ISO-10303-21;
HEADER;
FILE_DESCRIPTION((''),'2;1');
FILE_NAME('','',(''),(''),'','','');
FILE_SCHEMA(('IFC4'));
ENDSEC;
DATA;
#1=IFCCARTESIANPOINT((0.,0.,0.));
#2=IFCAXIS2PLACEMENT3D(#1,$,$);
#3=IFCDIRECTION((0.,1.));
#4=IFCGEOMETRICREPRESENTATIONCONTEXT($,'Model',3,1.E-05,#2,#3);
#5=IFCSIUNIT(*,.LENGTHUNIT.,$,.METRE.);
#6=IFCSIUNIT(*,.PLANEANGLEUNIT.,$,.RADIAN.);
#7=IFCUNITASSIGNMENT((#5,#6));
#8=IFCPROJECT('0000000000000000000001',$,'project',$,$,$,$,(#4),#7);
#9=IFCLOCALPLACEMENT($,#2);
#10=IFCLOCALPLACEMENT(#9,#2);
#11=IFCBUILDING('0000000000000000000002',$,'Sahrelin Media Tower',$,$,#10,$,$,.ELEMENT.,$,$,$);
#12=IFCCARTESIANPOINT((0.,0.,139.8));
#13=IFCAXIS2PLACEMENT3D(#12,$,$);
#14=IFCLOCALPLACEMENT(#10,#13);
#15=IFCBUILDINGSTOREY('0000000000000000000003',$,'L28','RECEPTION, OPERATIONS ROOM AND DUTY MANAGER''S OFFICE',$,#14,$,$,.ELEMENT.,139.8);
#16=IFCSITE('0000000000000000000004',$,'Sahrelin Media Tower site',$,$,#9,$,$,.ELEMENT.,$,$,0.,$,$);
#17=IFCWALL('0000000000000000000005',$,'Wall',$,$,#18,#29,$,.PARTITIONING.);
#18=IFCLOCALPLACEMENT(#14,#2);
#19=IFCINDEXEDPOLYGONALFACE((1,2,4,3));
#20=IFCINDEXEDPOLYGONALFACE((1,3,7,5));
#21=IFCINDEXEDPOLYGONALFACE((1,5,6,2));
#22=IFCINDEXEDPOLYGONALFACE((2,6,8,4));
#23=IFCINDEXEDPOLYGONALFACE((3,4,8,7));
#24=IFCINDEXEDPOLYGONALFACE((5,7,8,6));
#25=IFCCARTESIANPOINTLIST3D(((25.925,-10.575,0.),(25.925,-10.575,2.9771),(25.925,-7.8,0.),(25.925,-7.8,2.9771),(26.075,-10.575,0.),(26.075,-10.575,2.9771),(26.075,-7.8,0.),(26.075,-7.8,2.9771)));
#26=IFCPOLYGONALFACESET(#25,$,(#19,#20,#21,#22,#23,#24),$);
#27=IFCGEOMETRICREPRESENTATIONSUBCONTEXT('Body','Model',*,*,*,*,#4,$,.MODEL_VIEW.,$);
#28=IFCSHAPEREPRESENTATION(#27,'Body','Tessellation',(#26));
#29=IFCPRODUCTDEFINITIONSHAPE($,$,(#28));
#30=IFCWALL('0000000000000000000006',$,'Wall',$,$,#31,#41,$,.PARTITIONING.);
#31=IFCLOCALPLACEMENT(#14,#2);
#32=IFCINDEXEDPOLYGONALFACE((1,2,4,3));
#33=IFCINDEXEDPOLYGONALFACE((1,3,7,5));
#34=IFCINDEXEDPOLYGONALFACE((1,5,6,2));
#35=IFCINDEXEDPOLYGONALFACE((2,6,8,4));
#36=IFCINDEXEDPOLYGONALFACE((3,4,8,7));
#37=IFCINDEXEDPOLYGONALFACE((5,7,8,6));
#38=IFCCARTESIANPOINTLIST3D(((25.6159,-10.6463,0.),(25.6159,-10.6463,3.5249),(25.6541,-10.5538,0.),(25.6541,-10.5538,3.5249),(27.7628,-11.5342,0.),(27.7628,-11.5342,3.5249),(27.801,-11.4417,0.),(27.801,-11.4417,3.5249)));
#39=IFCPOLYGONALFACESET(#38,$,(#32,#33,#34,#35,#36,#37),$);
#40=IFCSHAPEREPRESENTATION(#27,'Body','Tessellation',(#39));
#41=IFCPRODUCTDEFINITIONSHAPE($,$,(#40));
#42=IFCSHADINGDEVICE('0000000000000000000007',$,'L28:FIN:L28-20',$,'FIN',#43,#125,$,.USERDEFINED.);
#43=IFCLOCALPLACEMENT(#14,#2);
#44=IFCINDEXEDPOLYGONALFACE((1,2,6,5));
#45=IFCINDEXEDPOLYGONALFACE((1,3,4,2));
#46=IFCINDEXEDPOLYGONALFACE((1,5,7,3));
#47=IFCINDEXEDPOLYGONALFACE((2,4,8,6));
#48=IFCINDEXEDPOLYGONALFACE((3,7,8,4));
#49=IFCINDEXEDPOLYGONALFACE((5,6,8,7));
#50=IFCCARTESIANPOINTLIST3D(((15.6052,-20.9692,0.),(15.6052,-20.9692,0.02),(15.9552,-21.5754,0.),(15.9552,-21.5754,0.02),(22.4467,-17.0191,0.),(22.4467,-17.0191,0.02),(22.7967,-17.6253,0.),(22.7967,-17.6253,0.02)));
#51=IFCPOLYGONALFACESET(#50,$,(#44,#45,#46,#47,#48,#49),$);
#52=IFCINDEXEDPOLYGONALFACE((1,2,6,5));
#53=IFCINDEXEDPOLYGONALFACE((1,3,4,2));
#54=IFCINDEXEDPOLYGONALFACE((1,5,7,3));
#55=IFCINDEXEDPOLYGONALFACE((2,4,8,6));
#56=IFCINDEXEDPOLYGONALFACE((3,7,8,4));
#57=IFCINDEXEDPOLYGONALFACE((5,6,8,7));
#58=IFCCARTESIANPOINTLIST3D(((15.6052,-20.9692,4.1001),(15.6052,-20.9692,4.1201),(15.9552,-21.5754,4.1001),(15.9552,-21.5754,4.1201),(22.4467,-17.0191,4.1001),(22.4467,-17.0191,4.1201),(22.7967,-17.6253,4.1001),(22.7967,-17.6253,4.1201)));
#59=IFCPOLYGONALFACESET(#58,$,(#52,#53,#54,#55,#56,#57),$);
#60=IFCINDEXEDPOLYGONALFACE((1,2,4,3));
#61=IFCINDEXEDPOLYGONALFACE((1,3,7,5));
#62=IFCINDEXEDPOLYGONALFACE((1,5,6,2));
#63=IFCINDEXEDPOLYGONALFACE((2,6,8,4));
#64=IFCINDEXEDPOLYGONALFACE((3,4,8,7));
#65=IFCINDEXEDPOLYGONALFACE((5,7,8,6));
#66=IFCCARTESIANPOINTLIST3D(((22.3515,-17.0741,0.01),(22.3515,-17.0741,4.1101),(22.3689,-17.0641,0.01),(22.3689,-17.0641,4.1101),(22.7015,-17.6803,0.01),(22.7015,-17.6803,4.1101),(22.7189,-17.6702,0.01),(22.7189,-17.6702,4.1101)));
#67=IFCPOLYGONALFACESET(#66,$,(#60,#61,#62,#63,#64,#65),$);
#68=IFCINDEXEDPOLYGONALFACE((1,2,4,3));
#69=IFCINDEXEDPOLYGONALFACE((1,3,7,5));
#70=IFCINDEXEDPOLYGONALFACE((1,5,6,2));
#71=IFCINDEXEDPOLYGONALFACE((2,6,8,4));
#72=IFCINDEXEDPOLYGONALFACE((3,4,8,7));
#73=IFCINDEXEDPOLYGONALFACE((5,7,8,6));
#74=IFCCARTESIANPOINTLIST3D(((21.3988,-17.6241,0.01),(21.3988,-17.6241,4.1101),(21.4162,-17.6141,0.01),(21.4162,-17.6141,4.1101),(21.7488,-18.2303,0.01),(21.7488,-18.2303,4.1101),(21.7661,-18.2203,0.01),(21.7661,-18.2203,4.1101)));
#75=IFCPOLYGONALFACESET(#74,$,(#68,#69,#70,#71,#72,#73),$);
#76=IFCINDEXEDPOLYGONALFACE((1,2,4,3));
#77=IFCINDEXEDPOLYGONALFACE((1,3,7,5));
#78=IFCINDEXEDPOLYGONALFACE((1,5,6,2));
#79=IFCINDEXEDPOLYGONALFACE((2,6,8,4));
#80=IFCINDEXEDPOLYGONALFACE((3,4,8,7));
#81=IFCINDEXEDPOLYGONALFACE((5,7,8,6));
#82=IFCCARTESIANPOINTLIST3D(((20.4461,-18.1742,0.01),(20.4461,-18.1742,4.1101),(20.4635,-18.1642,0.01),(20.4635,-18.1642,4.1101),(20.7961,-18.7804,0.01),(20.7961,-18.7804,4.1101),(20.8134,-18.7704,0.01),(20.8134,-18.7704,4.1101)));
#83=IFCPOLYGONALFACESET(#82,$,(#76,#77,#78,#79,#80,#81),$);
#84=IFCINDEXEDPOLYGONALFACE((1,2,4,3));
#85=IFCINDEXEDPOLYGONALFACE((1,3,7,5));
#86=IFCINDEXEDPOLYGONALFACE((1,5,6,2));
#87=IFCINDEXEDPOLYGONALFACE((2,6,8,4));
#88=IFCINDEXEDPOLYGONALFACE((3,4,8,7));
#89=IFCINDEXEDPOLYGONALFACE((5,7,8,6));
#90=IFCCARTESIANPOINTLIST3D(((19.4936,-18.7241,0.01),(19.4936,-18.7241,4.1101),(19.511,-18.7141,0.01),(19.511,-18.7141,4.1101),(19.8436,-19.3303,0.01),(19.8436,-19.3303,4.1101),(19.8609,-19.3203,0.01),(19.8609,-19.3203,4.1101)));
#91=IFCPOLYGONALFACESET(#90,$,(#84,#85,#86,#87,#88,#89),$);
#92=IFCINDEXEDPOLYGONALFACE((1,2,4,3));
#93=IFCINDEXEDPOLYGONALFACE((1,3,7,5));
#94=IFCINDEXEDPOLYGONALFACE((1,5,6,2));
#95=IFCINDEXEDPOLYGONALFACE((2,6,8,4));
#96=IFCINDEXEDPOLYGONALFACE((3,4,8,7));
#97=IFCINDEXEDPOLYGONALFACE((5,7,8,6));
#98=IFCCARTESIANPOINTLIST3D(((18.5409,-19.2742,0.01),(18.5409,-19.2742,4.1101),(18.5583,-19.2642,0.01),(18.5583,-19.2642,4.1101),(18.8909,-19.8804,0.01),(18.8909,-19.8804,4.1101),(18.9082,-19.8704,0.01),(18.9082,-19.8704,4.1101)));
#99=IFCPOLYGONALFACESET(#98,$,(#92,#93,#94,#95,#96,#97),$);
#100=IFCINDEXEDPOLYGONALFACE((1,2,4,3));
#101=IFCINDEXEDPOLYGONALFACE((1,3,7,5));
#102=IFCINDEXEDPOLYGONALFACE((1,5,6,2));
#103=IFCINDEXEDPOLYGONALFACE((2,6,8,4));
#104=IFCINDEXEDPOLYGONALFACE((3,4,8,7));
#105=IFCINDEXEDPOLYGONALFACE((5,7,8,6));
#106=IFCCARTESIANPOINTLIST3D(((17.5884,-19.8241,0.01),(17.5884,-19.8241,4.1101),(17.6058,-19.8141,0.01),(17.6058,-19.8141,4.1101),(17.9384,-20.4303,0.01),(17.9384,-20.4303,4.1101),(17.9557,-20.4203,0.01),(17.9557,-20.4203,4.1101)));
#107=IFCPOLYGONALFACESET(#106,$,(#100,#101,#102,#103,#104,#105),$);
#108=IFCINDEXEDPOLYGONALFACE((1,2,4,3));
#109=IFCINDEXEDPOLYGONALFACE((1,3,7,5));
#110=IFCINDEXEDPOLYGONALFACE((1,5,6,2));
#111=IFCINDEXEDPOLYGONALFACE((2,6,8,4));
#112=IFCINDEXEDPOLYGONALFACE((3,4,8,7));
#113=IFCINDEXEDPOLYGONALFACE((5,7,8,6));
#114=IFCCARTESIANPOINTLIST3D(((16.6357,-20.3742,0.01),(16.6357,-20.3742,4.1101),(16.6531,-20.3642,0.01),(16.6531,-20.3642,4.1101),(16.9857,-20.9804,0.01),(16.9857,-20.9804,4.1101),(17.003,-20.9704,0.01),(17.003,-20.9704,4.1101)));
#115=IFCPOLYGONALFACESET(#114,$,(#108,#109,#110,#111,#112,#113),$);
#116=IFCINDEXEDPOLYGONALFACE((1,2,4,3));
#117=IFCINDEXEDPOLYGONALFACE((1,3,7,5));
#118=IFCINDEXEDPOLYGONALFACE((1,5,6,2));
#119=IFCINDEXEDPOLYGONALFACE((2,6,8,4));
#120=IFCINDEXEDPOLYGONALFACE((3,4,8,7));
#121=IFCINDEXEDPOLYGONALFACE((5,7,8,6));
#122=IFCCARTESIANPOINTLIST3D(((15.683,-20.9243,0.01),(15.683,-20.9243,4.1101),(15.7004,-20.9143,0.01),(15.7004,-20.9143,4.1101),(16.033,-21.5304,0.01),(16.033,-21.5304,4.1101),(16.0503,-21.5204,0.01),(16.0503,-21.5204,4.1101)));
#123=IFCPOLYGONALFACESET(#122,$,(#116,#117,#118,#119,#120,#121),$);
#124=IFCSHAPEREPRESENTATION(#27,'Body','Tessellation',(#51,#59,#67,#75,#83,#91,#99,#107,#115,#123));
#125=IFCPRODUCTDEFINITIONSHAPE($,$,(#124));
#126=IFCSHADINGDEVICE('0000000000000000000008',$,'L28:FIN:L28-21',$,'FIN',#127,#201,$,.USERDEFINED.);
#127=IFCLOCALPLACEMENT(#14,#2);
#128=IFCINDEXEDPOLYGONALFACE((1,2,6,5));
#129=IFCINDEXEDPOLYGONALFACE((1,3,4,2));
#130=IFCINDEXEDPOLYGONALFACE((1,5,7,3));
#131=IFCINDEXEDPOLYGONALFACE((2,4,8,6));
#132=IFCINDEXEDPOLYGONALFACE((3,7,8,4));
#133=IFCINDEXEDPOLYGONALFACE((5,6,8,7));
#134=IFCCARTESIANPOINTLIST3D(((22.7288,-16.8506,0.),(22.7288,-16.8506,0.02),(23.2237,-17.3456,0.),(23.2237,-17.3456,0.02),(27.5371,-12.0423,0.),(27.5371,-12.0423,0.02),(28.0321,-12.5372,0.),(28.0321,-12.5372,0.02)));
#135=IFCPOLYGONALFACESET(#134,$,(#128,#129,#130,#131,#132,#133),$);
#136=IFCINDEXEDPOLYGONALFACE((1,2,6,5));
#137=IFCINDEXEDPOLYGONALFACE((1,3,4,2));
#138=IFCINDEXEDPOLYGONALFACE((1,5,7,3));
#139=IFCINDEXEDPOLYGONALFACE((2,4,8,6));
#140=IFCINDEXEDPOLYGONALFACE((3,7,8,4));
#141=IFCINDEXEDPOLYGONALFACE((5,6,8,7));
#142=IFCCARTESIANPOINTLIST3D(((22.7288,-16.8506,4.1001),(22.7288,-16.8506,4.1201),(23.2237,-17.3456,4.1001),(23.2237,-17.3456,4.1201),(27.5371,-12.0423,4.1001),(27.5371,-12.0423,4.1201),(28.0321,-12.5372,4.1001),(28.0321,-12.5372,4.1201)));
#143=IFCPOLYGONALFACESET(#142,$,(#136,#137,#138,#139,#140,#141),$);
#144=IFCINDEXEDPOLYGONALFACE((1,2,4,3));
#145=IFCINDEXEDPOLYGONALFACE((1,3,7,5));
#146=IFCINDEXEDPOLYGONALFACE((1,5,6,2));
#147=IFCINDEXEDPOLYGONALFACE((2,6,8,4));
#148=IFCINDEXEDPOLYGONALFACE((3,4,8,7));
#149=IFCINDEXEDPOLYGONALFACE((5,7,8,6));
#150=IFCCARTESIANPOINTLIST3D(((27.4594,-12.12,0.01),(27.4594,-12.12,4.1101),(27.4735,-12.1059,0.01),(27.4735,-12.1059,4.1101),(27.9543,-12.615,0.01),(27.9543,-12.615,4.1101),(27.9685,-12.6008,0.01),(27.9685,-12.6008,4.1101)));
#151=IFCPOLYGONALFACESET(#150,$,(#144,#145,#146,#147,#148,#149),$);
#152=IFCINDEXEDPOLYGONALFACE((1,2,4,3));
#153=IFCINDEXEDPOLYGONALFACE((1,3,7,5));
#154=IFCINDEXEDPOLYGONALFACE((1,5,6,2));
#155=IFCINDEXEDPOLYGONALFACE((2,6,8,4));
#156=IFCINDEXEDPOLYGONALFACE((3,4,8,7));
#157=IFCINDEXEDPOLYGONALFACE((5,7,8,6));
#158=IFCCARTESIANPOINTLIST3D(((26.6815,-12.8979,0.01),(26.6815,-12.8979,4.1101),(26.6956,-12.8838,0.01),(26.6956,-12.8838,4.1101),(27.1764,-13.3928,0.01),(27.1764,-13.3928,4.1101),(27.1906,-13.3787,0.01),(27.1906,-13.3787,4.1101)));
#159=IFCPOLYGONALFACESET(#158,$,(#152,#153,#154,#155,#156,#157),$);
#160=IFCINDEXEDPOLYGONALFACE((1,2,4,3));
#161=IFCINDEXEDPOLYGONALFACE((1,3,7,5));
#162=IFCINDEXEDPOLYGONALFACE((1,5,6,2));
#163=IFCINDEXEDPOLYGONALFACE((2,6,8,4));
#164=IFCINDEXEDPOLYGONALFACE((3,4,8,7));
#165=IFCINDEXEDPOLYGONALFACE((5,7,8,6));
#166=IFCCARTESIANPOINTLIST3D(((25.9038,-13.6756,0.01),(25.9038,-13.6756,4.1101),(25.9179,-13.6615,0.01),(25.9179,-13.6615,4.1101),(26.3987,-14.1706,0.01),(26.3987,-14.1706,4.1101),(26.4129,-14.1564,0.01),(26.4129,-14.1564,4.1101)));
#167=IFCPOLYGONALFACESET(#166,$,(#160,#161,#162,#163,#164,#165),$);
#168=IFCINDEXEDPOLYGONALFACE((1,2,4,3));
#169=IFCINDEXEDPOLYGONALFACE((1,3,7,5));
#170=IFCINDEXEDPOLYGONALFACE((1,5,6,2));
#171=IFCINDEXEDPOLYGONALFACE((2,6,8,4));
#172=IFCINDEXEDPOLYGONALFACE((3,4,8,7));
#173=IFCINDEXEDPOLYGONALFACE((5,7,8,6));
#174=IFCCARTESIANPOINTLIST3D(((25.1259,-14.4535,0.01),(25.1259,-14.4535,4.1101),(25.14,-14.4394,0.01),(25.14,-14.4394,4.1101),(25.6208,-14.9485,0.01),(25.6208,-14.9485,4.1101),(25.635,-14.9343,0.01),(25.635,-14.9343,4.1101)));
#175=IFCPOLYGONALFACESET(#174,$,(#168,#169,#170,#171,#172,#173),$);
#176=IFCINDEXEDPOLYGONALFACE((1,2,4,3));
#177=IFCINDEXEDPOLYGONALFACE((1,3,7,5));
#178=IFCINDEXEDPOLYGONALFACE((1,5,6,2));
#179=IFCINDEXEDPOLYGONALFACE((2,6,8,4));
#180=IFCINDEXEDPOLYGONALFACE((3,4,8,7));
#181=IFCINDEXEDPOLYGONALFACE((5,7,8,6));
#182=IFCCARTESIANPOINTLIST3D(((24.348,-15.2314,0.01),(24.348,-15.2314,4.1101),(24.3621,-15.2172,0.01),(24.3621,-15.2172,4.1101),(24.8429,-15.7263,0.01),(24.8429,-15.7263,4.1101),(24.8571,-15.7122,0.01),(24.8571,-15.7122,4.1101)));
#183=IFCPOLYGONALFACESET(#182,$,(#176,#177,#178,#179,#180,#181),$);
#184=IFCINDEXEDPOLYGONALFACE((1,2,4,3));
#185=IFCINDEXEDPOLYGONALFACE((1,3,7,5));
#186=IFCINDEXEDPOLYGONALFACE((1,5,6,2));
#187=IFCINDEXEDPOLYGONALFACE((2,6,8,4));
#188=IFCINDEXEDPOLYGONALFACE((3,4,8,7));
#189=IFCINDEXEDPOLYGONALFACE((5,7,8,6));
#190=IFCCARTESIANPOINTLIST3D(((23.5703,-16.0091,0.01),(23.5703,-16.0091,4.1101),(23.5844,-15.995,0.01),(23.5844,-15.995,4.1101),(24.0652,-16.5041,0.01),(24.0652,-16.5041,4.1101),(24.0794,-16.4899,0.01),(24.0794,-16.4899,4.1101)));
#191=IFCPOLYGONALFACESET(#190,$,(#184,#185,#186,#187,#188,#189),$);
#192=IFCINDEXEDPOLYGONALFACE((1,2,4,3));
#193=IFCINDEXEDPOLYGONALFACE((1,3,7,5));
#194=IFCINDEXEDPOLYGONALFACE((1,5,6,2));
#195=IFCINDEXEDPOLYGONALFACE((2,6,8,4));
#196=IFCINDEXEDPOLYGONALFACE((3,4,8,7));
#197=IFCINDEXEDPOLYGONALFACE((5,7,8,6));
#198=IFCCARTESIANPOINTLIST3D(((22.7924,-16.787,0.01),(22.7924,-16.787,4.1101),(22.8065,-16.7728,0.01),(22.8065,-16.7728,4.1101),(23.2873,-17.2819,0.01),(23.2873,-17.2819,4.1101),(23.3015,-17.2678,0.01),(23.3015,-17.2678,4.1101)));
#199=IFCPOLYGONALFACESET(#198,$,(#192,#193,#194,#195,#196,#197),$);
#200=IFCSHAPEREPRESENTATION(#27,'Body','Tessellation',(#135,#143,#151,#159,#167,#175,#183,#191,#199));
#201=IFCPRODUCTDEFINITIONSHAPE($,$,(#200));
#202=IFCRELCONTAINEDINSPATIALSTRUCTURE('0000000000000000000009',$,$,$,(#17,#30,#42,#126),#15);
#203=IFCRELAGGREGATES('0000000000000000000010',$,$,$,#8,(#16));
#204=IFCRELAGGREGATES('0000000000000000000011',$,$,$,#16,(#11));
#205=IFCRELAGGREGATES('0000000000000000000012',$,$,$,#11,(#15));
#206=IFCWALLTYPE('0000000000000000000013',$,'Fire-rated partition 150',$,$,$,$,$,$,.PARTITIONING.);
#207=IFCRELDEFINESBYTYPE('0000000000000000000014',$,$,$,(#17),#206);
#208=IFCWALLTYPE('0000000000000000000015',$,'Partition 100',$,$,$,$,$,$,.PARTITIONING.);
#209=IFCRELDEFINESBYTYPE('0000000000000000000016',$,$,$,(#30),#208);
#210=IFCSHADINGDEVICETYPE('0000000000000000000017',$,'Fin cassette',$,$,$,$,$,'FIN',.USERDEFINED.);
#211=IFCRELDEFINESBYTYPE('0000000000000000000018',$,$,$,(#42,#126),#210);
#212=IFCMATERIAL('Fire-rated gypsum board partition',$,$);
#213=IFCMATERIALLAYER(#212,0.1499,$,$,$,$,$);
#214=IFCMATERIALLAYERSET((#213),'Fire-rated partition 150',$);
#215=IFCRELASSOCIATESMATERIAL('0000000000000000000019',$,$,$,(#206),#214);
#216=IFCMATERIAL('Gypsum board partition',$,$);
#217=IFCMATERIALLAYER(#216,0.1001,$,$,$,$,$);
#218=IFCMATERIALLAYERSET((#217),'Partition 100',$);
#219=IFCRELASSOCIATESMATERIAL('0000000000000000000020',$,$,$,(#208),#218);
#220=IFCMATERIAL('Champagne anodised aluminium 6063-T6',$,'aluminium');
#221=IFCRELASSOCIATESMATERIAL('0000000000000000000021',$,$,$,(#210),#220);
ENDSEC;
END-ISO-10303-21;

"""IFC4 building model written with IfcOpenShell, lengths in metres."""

from ifc_helpers import new_model, si_unit, direction, frame, frame_2d, origin, origin_2d, place, context, subcontext, project, spatial, rectangle, extrude, material, layer, layer_set, type_object, element, save


model = new_model("IFC4")

# Units and contexts
model_context = context("Model", 3, precision=1e-05, world=origin(), true_north=direction((0.0, 1.0)))
body_context = subcontext(model_context, "Body", "Model", "MODEL_VIEW")
ifc_project = project(units=[si_unit("LENGTHUNIT", "METRE"), si_unit("PLANEANGLEUNIT", "RADIAN")], contexts=[model_context])

# Site, building, storey
site_placement = place(None, origin())
site = spatial("IfcSite", under=ifc_project, at=site_placement, Name="Sahrelin Media Tower site", CompositionType="ELEMENT", RefElevation=0.0)
building_placement = place(site_placement, origin())
building = spatial("IfcBuilding", under=site, at=building_placement, Name="Sahrelin Media Tower", CompositionType="ELEMENT")
storey_placement = place(building_placement, frame((0.0, 0.0, 139.8)))
storey = spatial("IfcBuildingStorey", under=building, at=storey_placement, Name="L28", Description="RECEPTION, OPERATIONS ROOM AND DUTY MANAGER'S OFFICE", CompositionType="ELEMENT", Elevation=139.8)

# Shared definitions
ifc_material_1 = material(Name="Champagne anodised aluminium 6063-T6", Category="aluminium")

# Walls
ifc_material_2 = material(Name="Fire-rated gypsum board partition")
ifc_layer_1 = layer(ifc_material_2, 0.1499)
ifc_layer_set_1 = layer_set([ifc_layer_1], Name="Fire-rated partition 150")
wall_type_1 = type_object("IfcWallType", Name="Fire-rated partition 150", PredefinedType="PARTITIONING", material=ifc_layer_set_1)
wall_1_placement = place(storey_placement, frame((26.0, -10.575, 0.0), z_axis=(0.0, 0.0, 1.0), x_axis=(0.0, 1.0, 0.0)))
element("IfcWall", 1, at=wall_1_placement, inside=storey, type_object=wall_type_1, Name="Wall", PredefinedType="PARTITIONING", context=body_context, shape_type="SweptSolid", body=[
    extrude(rectangle(XDim=2.7749, YDim=0.1499, at=frame_2d((1.3875, 0.0))), origin(), (0.0, 0.0, 1.0), 2.9771),
])
ifc_material_3 = material(Name="Gypsum board partition")
ifc_layer_2 = layer(ifc_material_3, 0.1001)
ifc_layer_set_2 = layer_set([ifc_layer_2], Name="Partition 100")
wall_type_2 = type_object("IfcWallType", Name="Partition 100", PredefinedType="PARTITIONING", material=ifc_layer_set_2)
wall_2_placement = place(storey_placement, frame((25.635, -10.6001, 0.0), z_axis=(0.0, 0.0, 1.0), x_axis=(0.924087, -0.382182, 0.0)))
element("IfcWall", 2, at=wall_2_placement, inside=storey, type_object=wall_type_2, Name="Wall", PredefinedType="PARTITIONING", context=body_context, shape_type="SweptSolid", body=[
    extrude(rectangle(XDim=2.3232, YDim=0.1001, at=frame_2d((1.1616, 0.0))), origin(), (0.0, 0.0, 1.0), 3.5249),
])

# Shading devices
shading_device_type_1 = type_object("IfcShadingDeviceType", Name="Fin cassette", ElementType="FIN", PredefinedType="USERDEFINED", material=ifc_material_1)
placement_1 = place(storey_placement, frame((18.991, -18.9336, 0.0), z_axis=(0.0, 0.0, 1.0), x_axis=(-0.866019, -0.500011, 0.0)))
element("IfcShadingDevice", 3, at=placement_1, inside=storey, type_object=shading_device_type_1, Name="L28:FIN:L28-20", ObjectType="FIN", PredefinedType="USERDEFINED", context=body_context, shape_type="SweptSolid", body=[
    extrude(rectangle(XDim=7.8999, YDim=0.7, at=origin_2d()), frame((0.0, 0.4199, 0.0)), (0.0, 0.0, 1.0), 0.02),
    extrude(rectangle(XDim=7.8999, YDim=0.7, at=origin_2d()), frame((0.0, 0.4199, 4.1001)), (0.0, 0.0, 1.0), 0.02),
    extrude(rectangle(XDim=0.02, YDim=0.7, at=origin_2d()), frame((-3.8501, 0.4199, 0.01), z_axis=(0.0, 0.0, 1.0), x_axis=(1.0, 0.0, 0.0)), (0.0, 0.0, 1.0), 4.1001),
    extrude(rectangle(XDim=0.02, YDim=0.7, at=origin_2d()), frame((-2.75, 0.4199, 0.01), z_axis=(0.0, 0.0, 1.0), x_axis=(1.0, 0.0, 0.0)), (0.0, 0.0, 1.0), 4.1001),
    extrude(rectangle(XDim=0.02, YDim=0.7, at=origin_2d()), frame((-1.6499, 0.4199, 0.01), z_axis=(0.0, 0.0, 1.0), x_axis=(1.0, 0.0, 0.0)), (0.0, 0.0, 1.0), 4.1001),
    extrude(rectangle(XDim=0.02, YDim=0.7, at=origin_2d()), frame((-0.55, 0.4199, 0.01), z_axis=(0.0, 0.0, 1.0), x_axis=(1.0, 0.0, 0.0)), (0.0, 0.0, 1.0), 4.1001),
    extrude(rectangle(XDim=0.02, YDim=0.7, at=origin_2d()), frame((0.55, 0.4199, 0.01), z_axis=(0.0, 0.0, 1.0), x_axis=(1.0, 0.0, 0.0)), (0.0, 0.0, 1.0), 4.1001),
    extrude(rectangle(XDim=0.02, YDim=0.7, at=origin_2d()), frame((1.6499, 0.4199, 0.01), z_axis=(0.0, 0.0, 1.0), x_axis=(1.0, 0.0, 0.0)), (0.0, 0.0, 1.0), 4.1001),
    extrude(rectangle(XDim=0.02, YDim=0.7, at=origin_2d()), frame((2.75, 0.4199, 0.01), z_axis=(0.0, 0.0, 1.0), x_axis=(1.0, 0.0, 0.0)), (0.0, 0.0, 1.0), 4.1001),
    extrude(rectangle(XDim=0.02, YDim=0.7, at=origin_2d()), frame((3.8501, 0.4199, 0.01), z_axis=(0.0, 0.0, 1.0), x_axis=(1.0, 0.0, 0.0)), (0.0, 0.0, 1.0), 4.1001),
])
placement_2 = place(storey_placement, frame((25.0835, -14.397, 0.0), z_axis=(0.0, 0.0, 1.0), x_axis=(-0.707107, -0.707107, 0.0)))
element("IfcShadingDevice", 4, at=placement_2, inside=storey, type_object=shading_device_type_1, Name="L28:FIN:L28-21", ObjectType="FIN", PredefinedType="USERDEFINED", context=body_context, shape_type="SweptSolid", body=[
    extrude(rectangle(XDim=6.8, YDim=0.7, at=origin_2d()), frame((0.0, 0.4199, 0.0)), (0.0, 0.0, 1.0), 0.02),
    extrude(rectangle(XDim=6.8, YDim=0.7, at=origin_2d()), frame((0.0, 0.4199, 4.1001)), (0.0, 0.0, 1.0), 0.02),
    extrude(rectangle(XDim=0.02, YDim=0.7, at=origin_2d()), frame((-3.3, 0.4199, 0.01), z_axis=(0.0, 0.0, 1.0), x_axis=(1.0, 0.0, 0.0)), (0.0, 0.0, 1.0), 4.1001),
    extrude(rectangle(XDim=0.02, YDim=0.7, at=origin_2d()), frame((-2.2, 0.4199, 0.01), z_axis=(0.0, 0.0, 1.0), x_axis=(1.0, 0.0, 0.0)), (0.0, 0.0, 1.0), 4.1001),
    extrude(rectangle(XDim=0.02, YDim=0.7, at=origin_2d()), frame((-1.1001, 0.4199, 0.01), z_axis=(0.0, 0.0, 1.0), x_axis=(1.0, 0.0, 0.0)), (0.0, 0.0, 1.0), 4.1001),
    extrude(rectangle(XDim=0.02, YDim=0.7, at=origin_2d()), frame((0.0, 0.4199, 0.01), z_axis=(0.0, 0.0, 1.0), x_axis=(1.0, 0.0, 0.0)), (0.0, 0.0, 1.0), 4.1001),
    extrude(rectangle(XDim=0.02, YDim=0.7, at=origin_2d()), frame((1.1001, 0.4199, 0.01), z_axis=(0.0, 0.0, 1.0), x_axis=(1.0, 0.0, 0.0)), (0.0, 0.0, 1.0), 4.1001),
    extrude(rectangle(XDim=0.02, YDim=0.7, at=origin_2d()), frame((2.2, 0.4199, 0.01), z_axis=(0.0, 0.0, 1.0), x_axis=(1.0, 0.0, 0.0)), (0.0, 0.0, 1.0), 4.1001),
    extrude(rectangle(XDim=0.02, YDim=0.7, at=origin_2d()), frame((3.3, 0.4199, 0.01), z_axis=(0.0, 0.0, 1.0), x_axis=(1.0, 0.0, 0.0)), (0.0, 0.0, 1.0), 4.1001),
])

save(model, "model.ifc")
